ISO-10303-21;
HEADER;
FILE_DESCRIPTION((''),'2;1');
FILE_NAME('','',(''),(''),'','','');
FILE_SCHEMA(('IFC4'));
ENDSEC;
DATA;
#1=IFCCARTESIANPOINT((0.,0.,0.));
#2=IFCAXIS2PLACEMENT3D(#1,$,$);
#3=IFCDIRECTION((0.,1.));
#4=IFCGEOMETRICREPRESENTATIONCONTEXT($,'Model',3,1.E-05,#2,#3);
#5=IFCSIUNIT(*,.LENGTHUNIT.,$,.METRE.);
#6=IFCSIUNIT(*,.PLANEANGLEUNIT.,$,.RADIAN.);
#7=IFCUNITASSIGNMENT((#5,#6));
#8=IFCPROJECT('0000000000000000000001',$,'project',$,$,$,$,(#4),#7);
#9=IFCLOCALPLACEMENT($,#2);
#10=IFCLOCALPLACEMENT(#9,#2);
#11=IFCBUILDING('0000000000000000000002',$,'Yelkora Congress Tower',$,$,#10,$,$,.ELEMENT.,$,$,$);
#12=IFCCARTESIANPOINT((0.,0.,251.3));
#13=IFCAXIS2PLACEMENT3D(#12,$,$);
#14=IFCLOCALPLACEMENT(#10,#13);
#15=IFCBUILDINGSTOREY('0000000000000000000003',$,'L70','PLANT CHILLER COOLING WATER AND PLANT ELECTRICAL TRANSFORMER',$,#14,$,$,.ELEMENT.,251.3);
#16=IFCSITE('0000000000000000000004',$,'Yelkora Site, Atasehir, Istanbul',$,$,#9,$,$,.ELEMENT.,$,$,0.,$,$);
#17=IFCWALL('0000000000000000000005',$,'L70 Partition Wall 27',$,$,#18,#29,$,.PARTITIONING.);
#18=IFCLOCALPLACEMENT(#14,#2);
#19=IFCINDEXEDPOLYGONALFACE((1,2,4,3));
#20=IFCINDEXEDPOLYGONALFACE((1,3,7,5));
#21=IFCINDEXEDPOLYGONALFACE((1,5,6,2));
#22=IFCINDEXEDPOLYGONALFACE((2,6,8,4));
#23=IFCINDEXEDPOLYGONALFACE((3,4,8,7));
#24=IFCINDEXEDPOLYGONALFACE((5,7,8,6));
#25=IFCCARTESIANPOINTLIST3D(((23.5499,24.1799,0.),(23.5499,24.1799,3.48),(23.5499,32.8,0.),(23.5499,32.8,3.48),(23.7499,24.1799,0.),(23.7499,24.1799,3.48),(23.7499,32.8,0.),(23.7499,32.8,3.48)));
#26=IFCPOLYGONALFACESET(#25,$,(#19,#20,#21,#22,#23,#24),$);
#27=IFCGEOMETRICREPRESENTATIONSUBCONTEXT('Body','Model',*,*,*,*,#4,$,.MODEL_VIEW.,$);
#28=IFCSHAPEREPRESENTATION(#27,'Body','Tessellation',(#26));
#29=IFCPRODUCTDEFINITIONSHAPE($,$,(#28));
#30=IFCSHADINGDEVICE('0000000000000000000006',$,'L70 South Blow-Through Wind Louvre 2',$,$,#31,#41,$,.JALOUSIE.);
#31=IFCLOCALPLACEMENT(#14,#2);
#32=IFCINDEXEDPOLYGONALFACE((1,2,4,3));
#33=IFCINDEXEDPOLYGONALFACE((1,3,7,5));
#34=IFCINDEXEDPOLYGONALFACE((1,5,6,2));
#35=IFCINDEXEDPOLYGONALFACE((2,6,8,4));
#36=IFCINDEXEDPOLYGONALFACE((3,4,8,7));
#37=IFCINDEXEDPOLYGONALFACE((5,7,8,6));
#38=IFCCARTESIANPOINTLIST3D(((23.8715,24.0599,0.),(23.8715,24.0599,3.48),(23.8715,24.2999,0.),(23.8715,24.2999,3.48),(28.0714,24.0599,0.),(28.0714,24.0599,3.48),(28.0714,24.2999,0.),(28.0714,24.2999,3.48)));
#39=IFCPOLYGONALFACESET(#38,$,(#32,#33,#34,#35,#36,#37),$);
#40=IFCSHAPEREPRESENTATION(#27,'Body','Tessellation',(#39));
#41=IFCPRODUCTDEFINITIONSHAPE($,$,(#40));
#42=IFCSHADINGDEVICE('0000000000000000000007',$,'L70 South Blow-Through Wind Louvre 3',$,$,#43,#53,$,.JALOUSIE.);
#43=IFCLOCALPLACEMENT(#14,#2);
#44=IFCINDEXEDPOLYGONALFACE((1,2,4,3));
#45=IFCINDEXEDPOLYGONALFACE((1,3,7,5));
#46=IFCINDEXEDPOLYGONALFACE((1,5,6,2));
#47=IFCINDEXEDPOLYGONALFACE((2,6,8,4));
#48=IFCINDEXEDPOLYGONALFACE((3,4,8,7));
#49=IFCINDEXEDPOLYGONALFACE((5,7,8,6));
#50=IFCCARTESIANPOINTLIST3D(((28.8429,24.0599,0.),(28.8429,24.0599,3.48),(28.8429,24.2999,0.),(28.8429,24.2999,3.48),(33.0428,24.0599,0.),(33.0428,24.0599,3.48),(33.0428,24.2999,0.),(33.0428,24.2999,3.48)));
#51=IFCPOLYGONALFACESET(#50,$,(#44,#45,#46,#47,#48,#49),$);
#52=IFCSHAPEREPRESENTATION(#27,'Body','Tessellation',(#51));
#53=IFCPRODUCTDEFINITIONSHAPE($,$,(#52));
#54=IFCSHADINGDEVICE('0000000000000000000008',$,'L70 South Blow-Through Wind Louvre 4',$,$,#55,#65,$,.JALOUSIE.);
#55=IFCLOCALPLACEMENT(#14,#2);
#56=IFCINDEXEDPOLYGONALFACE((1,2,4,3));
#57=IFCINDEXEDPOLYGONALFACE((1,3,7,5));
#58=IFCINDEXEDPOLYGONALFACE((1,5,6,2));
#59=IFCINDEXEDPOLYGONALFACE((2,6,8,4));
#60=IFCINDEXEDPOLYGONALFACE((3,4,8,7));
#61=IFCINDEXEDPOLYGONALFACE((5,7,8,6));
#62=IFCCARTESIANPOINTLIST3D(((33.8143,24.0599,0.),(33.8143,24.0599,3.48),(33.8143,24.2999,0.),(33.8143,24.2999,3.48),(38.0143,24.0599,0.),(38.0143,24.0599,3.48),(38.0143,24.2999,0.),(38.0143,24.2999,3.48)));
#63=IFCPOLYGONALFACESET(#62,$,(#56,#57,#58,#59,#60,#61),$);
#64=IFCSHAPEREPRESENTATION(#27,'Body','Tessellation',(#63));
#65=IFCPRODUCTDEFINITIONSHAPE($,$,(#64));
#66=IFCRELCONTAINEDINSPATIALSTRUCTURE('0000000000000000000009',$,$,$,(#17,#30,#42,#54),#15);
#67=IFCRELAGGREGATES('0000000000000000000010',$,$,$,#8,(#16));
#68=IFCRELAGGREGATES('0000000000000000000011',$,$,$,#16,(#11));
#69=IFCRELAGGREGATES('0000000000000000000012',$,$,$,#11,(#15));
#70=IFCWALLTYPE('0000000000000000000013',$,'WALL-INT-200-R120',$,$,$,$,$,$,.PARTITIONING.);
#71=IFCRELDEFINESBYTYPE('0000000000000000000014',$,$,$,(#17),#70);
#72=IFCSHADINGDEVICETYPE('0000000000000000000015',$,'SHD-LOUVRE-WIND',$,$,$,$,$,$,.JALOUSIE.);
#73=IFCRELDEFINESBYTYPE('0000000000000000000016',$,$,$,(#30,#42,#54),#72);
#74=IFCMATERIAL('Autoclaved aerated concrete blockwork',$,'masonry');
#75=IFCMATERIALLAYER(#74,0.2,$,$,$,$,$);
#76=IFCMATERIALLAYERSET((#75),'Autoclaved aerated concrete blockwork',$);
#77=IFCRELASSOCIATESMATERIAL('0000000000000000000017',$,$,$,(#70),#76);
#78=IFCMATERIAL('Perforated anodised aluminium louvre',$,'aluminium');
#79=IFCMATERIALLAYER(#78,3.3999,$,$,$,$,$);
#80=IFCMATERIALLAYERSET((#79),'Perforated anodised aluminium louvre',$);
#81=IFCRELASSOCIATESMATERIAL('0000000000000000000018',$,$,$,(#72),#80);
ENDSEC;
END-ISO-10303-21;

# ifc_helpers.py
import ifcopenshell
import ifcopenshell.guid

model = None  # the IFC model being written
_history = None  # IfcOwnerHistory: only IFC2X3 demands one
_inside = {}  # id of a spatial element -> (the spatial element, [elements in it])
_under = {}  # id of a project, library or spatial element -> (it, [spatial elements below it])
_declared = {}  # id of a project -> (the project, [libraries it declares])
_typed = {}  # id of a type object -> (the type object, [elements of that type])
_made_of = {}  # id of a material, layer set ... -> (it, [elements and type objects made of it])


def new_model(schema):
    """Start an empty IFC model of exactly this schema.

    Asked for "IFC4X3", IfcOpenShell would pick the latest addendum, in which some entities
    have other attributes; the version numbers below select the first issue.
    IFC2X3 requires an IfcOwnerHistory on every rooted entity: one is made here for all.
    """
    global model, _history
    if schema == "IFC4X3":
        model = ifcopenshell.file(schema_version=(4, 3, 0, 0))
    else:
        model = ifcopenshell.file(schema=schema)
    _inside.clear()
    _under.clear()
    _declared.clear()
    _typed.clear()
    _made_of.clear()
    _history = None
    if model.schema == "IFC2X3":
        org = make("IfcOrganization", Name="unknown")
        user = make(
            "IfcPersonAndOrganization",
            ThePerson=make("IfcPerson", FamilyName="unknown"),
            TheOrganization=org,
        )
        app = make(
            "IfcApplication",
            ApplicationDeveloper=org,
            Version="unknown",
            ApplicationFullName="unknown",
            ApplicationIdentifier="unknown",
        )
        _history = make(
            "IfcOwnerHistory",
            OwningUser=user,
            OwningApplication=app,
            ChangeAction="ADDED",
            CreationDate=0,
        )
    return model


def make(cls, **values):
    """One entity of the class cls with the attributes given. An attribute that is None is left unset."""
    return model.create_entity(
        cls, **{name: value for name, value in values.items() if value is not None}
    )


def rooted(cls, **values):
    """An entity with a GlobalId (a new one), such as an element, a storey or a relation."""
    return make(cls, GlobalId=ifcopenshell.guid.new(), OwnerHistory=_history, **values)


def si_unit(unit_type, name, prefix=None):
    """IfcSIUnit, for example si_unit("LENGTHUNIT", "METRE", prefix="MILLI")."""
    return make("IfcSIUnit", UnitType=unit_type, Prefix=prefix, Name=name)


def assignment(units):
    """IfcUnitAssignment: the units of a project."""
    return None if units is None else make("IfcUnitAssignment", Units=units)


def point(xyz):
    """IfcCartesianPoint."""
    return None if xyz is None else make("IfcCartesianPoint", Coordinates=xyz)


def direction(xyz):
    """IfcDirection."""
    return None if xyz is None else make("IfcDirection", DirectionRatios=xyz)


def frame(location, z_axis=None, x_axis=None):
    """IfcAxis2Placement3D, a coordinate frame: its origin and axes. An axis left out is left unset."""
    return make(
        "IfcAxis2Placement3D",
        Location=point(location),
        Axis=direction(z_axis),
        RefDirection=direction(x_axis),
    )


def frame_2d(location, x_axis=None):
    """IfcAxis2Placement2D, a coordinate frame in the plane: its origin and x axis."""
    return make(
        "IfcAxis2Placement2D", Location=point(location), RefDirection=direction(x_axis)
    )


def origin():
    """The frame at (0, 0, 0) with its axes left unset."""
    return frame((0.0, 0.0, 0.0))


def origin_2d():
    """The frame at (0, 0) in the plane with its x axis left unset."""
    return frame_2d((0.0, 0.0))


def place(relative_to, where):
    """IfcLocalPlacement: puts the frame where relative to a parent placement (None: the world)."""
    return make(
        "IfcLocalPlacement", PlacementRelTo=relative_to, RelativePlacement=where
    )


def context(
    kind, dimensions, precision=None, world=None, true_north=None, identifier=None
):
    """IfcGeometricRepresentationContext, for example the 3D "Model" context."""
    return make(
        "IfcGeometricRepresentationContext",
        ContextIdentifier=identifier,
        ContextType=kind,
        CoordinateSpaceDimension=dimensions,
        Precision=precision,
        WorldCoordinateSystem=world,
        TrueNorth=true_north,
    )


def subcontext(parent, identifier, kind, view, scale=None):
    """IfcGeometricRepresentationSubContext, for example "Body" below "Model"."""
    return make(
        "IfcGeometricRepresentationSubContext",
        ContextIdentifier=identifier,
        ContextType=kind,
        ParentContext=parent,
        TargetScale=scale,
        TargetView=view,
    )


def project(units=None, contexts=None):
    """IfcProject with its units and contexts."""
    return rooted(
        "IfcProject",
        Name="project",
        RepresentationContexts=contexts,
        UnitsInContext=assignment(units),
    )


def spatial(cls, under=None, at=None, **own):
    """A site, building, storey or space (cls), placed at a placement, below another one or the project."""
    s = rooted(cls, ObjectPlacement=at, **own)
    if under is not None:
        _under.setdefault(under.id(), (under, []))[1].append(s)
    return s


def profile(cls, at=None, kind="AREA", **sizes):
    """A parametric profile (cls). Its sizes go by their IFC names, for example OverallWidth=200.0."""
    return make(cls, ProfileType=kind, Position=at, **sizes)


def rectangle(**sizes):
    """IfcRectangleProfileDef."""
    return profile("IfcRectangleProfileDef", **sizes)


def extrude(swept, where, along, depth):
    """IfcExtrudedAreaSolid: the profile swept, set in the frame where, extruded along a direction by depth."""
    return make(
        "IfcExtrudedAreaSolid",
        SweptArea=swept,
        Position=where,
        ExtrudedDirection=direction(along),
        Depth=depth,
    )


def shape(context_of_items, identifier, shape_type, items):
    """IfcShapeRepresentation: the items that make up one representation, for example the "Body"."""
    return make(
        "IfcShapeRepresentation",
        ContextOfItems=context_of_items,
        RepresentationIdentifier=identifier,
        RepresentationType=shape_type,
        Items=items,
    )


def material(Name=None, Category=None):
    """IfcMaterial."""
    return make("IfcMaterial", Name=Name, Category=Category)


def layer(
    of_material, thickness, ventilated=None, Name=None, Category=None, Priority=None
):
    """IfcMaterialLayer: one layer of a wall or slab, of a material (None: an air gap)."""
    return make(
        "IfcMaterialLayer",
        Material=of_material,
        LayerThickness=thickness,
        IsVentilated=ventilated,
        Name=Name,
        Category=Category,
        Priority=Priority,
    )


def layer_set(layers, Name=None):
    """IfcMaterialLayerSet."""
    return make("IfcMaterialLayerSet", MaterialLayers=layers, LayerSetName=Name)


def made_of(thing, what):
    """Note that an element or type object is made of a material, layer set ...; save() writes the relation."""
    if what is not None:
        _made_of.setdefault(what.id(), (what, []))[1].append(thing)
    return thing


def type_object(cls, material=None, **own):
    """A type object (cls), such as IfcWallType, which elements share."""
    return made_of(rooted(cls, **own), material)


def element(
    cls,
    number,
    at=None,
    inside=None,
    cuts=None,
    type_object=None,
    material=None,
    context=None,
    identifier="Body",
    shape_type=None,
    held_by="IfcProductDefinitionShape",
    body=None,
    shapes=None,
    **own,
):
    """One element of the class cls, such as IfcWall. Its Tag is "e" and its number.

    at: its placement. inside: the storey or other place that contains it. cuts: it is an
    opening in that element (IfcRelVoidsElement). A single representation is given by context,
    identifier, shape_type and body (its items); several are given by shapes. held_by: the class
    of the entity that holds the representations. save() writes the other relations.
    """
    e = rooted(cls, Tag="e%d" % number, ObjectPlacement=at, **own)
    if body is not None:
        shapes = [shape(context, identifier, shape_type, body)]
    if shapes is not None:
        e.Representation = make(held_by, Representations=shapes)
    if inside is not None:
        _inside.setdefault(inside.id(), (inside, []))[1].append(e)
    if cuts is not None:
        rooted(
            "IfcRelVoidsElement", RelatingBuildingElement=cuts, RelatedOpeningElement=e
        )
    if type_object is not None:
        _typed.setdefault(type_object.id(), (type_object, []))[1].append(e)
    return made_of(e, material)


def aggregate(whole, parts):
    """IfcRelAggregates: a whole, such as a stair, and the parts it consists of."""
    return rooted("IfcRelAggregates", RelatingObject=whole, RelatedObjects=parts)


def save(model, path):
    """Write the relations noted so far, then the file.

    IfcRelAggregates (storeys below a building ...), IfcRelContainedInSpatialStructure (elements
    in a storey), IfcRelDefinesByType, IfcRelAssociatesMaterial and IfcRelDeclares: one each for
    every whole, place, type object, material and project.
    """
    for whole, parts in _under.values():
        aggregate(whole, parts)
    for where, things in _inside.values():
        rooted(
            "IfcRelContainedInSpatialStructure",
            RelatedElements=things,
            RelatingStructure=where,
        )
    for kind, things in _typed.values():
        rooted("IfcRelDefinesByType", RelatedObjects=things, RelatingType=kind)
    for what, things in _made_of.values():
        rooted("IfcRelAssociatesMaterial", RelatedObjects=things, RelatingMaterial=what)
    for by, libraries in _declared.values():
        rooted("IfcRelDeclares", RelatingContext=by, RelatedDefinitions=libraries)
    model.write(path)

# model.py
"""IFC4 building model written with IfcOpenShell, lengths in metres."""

from ifc_helpers import new_model, si_unit, direction, frame, frame_2d, origin, origin_2d, place, context, subcontext, project, spatial, rectangle, extrude, material, layer, layer_set, type_object, element, save


model = new_model("IFC4")

# Units and contexts
model_context = context("Model", 3, precision=1e-05, world=origin(), true_north=direction((0.0, 1.0)))
body_context = subcontext(model_context, "Body", "Model", "MODEL_VIEW")
ifc_project = project(units=[si_unit("LENGTHUNIT", "METRE"), si_unit("PLANEANGLEUNIT", "RADIAN")], contexts=[model_context])

# Site, building, storey
site_placement = place(None, origin())
site = spatial("IfcSite", under=ifc_project, at=site_placement, Name="Yelkora Site, Atasehir, Istanbul", CompositionType="ELEMENT", RefElevation=0.0)
building_placement = place(site_placement, origin())
building = spatial("IfcBuilding", under=site, at=building_placement, Name="Yelkora Congress Tower", CompositionType="ELEMENT")
storey_placement = place(building_placement, frame((0.0, 0.0, 251.3)))
storey = spatial("IfcBuildingStorey", under=building, at=storey_placement, Name="L70", Description="PLANT CHILLER COOLING WATER AND PLANT ELECTRICAL TRANSFORMER", CompositionType="ELEMENT", Elevation=251.3)

# Shared definitions
ifc_material_1 = material(Name="Autoclaved aerated concrete blockwork", Category="masonry")
ifc_layer_1 = layer(ifc_material_1, 0.2)
ifc_layer_set_1 = layer_set([ifc_layer_1], Name="Autoclaved aerated concrete blockwork")
wall_type_1 = type_object("IfcWallType", Name="WALL-INT-200-R120", PredefinedType="PARTITIONING", material=ifc_layer_set_1)

# Wall
wall_1_placement = place(storey_placement, frame((23.6499, 24.1799, 0.0), z_axis=(0.0, 0.0, 1.0), x_axis=(0.0, 1.0, 0.0)))
element("IfcWall", 1, at=wall_1_placement, inside=storey, type_object=wall_type_1, Name="L70 Partition Wall 27", PredefinedType="PARTITIONING", context=body_context, shape_type="SweptSolid", body=[
    extrude(rectangle(XDim=8.6201, YDim=0.2, at=frame_2d((4.3101, 0.0))), origin(), (0.0, 0.0, 1.0), 3.48),
])

# Shading devices
ifc_material_2 = material(Name="Perforated anodised aluminium louvre", Category="aluminium")
ifc_layer_2 = layer(ifc_material_2, 3.3999)
ifc_layer_set_2 = layer_set([ifc_layer_2], Name="Perforated anodised aluminium louvre")
shading_device_type = type_object("IfcShadingDeviceType", Name="SHD-LOUVRE-WIND", PredefinedType="JALOUSIE", material=ifc_layer_set_2)
for number, where, z_axis, x_axis, name in (
    (2, (25.9714, 24.1799, 0.0), (0.0, 0.0, 1.0), (1.0, 0.0, 0.0), "L70 South Blow-Through Wind Louvre 2"),
    (3, (30.9429, 24.1799, 0.0), (0.0, 0.0, 1.0), (1.0, 0.0, 0.0), "L70 South Blow-Through Wind Louvre 3"),
    (4, (35.9143, 24.1799, 0.0), (0.0, 0.0, 1.0), (1.0, 0.0, 0.0), "L70 South Blow-Through Wind Louvre 4"),
):
    element("IfcShadingDevice", number, at=place(storey_placement, frame(where, z_axis=z_axis, x_axis=x_axis)), inside=storey, type_object=shading_device_type, Name=name, PredefinedType="JALOUSIE", context=body_context, shape_type="SweptSolid", body=[
        extrude(rectangle(XDim=4.2, YDim=0.24, at=origin_2d()), origin(), (0.0, 0.0, 1.0), 3.48),
    ])

save(model, "model.ifc")
